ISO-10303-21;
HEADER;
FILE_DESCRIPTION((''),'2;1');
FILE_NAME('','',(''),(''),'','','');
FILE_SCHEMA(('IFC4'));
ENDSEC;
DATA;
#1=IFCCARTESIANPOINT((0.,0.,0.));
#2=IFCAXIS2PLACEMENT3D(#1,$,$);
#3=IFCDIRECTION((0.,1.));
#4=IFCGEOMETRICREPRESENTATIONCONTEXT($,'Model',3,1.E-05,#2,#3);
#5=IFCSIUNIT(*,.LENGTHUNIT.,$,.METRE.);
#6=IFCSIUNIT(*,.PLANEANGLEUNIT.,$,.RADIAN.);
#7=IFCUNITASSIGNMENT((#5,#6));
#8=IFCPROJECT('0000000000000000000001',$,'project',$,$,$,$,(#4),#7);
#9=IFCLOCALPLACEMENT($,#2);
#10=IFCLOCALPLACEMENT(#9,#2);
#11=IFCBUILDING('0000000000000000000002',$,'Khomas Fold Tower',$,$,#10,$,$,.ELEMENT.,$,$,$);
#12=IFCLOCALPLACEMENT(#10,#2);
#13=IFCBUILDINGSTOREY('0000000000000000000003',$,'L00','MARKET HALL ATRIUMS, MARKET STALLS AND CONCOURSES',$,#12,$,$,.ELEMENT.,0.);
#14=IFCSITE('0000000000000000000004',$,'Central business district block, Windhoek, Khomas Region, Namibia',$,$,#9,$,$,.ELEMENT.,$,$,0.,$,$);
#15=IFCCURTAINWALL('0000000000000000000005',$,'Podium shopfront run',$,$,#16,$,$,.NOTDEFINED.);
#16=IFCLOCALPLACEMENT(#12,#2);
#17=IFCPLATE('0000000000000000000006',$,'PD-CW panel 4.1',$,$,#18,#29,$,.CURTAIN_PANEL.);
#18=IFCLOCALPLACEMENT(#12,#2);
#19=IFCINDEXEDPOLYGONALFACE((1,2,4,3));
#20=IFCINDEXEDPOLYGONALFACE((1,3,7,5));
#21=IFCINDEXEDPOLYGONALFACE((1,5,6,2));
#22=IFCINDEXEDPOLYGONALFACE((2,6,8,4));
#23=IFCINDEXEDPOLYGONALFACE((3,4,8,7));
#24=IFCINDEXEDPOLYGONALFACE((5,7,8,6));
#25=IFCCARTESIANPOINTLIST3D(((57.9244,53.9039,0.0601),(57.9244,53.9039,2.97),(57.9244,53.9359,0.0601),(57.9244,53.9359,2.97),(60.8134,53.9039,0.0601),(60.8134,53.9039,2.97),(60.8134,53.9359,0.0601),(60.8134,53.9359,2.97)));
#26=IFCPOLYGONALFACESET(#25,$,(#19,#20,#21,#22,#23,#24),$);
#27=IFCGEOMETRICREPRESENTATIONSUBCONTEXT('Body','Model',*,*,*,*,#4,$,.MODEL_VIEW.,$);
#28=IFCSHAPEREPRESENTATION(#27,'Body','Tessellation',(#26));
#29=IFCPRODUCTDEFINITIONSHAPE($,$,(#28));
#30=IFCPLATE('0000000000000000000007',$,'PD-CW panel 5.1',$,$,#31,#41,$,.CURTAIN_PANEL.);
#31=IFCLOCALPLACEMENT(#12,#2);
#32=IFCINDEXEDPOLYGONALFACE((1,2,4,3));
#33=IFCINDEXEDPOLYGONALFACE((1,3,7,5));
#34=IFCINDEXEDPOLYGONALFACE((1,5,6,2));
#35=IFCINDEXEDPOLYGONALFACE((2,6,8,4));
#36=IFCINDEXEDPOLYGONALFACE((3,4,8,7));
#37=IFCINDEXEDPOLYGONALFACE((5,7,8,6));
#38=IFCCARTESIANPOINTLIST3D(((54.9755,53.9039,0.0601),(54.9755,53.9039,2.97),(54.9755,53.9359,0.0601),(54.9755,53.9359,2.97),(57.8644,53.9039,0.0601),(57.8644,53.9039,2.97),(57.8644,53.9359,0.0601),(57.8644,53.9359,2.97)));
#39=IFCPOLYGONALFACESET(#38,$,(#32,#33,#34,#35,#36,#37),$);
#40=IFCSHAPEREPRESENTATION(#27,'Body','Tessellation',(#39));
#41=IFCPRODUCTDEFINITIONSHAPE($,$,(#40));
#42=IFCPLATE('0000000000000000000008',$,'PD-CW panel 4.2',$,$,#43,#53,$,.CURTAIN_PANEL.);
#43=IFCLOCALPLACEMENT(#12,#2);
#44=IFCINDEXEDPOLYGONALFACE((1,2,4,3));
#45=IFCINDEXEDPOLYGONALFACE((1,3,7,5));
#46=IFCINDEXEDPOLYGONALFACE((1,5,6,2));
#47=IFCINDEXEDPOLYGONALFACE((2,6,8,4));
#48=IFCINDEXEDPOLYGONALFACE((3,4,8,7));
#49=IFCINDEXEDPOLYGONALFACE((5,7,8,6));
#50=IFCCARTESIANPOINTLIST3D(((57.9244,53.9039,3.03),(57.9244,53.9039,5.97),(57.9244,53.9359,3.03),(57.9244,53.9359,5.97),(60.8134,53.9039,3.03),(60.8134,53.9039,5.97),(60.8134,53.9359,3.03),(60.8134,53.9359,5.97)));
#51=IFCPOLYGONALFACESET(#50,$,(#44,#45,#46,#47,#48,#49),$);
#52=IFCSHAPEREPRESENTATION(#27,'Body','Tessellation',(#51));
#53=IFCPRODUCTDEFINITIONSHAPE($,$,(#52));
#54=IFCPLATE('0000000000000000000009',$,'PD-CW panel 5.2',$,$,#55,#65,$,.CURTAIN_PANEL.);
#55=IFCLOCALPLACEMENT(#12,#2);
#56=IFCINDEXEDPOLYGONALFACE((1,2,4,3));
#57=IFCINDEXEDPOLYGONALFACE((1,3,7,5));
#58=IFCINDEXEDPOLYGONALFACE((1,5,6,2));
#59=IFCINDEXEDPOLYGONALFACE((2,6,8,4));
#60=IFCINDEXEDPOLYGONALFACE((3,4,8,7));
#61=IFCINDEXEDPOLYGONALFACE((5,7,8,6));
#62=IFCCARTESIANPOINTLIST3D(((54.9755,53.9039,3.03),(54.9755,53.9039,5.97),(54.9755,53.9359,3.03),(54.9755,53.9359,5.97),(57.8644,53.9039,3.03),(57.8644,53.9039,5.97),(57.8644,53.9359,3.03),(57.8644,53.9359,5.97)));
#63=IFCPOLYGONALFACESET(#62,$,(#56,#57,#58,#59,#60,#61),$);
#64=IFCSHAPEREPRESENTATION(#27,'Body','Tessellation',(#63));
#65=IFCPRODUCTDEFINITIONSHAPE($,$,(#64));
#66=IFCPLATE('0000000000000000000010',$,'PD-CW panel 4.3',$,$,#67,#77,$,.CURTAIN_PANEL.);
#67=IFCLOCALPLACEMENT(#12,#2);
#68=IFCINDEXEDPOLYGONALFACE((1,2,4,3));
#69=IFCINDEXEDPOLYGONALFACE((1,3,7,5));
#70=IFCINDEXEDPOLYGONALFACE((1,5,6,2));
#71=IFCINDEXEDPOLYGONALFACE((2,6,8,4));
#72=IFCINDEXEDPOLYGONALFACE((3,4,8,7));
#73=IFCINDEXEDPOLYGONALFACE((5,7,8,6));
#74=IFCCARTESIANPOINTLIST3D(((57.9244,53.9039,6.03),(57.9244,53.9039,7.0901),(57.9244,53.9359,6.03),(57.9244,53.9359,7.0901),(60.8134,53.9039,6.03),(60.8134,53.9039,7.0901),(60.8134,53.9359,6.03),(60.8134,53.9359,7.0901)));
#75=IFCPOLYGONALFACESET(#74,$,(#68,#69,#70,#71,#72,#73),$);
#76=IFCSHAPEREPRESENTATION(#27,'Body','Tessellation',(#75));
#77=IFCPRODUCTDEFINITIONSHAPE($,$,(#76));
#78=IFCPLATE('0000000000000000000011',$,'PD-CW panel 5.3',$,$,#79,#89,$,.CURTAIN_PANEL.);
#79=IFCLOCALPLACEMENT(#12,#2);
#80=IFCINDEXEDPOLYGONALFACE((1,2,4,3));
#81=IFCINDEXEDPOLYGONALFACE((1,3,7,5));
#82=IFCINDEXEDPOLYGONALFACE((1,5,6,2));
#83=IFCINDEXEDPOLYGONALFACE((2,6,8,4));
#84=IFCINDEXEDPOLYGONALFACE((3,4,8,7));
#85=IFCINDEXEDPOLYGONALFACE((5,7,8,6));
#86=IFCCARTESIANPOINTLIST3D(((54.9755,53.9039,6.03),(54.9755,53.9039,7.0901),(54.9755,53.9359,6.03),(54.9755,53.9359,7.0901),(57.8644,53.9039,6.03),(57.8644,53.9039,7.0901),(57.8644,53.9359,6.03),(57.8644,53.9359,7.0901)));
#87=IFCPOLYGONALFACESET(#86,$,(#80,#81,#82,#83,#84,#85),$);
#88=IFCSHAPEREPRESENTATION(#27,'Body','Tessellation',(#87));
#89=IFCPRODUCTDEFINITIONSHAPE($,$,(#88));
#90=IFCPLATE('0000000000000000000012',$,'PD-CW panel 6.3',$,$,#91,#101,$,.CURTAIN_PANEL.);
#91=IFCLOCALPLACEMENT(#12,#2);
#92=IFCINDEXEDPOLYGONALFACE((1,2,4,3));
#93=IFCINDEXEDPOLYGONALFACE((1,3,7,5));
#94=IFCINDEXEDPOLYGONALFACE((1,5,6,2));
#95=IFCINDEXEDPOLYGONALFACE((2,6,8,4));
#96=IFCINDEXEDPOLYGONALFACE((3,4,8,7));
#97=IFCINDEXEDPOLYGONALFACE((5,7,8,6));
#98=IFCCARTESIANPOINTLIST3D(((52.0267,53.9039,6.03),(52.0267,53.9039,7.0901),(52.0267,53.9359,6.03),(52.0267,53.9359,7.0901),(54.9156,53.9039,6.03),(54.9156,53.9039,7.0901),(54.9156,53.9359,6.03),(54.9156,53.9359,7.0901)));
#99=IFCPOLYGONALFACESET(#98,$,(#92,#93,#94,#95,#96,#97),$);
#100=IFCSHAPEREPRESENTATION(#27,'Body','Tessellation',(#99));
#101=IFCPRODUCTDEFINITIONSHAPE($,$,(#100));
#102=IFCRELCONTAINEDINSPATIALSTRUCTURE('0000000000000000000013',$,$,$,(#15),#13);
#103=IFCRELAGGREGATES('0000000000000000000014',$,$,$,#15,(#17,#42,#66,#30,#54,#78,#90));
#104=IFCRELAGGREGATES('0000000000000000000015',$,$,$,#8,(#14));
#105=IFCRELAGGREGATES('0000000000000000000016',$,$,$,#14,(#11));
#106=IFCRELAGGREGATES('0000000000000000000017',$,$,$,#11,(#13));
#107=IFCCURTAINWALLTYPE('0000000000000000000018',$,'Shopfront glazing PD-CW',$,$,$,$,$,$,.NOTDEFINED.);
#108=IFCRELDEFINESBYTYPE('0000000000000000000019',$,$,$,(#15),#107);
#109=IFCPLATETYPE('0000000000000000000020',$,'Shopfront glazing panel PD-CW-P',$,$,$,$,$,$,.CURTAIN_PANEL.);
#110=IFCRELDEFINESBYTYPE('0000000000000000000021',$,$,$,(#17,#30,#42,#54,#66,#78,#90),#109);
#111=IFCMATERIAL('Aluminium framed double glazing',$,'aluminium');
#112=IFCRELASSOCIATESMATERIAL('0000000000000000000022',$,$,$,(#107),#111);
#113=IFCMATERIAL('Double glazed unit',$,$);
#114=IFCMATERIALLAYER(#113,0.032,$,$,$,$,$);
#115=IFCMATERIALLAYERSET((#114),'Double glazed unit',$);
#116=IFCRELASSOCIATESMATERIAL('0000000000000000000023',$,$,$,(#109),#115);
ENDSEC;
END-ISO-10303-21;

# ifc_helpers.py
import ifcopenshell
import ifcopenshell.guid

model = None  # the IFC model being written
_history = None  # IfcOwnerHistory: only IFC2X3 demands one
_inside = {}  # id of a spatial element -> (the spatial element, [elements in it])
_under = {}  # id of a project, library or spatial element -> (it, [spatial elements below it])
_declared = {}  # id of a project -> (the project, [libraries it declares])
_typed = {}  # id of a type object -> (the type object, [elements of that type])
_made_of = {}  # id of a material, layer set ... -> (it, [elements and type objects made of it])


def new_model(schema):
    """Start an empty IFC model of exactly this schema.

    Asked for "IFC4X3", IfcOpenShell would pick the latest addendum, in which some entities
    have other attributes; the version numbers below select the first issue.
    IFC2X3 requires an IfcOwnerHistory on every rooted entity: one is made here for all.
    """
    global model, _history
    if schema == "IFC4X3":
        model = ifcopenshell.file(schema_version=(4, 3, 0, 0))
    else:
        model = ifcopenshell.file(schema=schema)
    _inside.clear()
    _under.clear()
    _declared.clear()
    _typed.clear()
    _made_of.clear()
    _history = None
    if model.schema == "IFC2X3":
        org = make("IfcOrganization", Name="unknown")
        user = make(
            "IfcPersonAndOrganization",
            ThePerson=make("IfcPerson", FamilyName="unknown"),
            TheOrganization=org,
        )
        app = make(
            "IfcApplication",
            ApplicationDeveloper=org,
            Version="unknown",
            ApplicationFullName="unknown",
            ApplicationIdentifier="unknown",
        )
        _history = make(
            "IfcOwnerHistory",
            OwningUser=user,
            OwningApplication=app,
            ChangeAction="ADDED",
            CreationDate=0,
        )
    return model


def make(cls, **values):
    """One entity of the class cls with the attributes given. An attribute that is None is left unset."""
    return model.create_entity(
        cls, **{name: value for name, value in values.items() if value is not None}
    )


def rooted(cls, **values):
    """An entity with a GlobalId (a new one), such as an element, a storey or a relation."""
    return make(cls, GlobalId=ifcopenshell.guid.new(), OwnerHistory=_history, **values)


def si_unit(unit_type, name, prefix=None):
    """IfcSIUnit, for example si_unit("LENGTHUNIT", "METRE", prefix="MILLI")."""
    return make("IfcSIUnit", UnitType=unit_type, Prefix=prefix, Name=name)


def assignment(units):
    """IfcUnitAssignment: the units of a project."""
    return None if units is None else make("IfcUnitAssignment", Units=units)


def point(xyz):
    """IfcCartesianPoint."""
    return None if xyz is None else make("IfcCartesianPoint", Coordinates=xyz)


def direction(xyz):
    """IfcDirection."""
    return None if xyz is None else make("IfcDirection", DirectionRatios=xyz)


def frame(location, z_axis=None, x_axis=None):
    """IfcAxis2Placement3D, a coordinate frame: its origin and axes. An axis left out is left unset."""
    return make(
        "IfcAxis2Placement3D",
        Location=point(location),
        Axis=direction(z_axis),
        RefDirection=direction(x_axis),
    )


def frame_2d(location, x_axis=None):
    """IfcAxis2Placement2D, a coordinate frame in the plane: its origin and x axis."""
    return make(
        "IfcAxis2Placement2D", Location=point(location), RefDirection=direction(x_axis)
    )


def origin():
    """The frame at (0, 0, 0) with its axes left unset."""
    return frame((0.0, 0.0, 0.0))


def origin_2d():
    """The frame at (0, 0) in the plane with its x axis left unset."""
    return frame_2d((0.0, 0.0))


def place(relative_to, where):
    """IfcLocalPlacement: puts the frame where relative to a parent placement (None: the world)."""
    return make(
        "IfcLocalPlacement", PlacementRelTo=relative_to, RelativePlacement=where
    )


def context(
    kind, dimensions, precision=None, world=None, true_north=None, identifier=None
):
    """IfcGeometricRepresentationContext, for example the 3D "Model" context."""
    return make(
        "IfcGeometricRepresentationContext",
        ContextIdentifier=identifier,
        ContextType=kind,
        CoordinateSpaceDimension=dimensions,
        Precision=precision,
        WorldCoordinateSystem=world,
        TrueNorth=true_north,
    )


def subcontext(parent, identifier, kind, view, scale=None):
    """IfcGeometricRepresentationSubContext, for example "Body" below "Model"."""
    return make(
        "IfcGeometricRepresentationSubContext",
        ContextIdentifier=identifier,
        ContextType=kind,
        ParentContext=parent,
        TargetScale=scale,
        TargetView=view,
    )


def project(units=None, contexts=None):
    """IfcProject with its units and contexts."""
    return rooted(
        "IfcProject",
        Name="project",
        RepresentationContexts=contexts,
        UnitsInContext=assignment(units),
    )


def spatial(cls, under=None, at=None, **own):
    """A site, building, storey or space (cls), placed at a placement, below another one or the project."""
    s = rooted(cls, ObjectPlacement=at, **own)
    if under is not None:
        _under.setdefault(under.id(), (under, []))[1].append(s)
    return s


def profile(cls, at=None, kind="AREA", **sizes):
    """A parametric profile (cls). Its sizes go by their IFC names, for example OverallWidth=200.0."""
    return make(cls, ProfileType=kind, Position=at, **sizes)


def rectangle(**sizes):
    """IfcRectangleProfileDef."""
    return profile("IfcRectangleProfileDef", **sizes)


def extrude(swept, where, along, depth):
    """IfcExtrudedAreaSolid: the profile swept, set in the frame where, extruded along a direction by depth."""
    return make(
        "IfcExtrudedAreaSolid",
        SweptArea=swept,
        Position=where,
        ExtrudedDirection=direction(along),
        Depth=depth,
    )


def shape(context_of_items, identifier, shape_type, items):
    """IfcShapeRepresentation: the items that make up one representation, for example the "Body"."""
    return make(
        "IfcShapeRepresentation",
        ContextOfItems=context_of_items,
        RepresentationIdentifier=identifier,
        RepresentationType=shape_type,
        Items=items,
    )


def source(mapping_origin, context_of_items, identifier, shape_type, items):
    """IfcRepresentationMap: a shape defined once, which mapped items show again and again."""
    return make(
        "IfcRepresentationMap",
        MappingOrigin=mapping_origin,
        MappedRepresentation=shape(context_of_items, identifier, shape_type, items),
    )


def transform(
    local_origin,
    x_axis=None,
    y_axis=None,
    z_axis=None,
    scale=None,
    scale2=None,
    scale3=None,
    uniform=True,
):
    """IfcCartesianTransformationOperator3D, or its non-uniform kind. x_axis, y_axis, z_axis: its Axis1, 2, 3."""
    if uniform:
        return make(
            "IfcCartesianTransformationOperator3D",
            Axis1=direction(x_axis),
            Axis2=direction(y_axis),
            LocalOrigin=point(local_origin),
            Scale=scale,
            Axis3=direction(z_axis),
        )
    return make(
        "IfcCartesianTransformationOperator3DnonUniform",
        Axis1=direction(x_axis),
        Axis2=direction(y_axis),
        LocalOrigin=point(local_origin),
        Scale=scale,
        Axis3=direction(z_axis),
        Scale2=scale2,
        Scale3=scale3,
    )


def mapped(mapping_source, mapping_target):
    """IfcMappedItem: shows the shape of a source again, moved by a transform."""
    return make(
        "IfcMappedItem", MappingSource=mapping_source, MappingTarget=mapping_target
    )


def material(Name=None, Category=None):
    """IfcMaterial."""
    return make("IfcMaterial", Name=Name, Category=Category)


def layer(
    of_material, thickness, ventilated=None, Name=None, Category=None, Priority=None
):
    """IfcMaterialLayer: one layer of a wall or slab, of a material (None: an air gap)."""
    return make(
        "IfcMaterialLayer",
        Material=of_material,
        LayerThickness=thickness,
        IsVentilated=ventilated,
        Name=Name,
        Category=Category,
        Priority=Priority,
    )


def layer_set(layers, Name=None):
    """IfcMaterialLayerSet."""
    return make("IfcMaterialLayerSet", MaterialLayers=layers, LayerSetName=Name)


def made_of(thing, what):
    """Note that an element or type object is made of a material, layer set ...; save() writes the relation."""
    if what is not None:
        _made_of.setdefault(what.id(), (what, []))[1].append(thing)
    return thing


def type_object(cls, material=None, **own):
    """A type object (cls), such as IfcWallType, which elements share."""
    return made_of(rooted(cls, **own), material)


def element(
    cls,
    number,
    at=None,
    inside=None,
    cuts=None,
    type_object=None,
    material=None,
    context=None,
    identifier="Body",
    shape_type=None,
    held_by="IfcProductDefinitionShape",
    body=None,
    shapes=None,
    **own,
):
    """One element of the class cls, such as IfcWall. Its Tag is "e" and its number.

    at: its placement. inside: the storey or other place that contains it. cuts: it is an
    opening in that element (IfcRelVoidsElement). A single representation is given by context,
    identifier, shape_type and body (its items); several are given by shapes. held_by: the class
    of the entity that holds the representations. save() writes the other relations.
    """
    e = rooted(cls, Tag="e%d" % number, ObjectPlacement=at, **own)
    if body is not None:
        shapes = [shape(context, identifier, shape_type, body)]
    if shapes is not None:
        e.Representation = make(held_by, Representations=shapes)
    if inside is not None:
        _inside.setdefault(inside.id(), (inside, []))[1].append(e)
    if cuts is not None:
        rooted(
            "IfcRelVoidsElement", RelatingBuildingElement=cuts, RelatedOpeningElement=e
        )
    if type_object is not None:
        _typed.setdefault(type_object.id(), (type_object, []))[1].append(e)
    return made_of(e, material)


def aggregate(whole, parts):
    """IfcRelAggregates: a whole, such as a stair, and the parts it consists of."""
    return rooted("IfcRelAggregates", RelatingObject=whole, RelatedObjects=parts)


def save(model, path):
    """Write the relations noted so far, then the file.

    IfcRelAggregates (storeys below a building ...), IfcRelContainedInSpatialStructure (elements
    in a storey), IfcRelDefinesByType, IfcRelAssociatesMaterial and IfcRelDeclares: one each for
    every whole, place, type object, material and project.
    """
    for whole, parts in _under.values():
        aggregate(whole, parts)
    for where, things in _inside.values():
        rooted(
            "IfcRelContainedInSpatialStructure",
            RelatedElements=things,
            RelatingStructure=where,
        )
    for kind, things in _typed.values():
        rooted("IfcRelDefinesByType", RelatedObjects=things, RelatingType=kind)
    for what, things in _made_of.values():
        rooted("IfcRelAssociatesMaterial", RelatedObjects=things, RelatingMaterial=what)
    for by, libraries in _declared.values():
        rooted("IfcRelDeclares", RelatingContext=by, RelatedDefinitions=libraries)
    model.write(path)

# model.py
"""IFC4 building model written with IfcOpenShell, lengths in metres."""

from ifc_helpers import new_model, si_unit, direction, frame, origin, origin_2d, place, context, subcontext, project, spatial, rectangle, extrude, source, transform, mapped, material, layer, layer_set, type_object, element, aggregate, save


model = new_model("IFC4")

# Units and contexts
model_context = context("Model", 3, precision=1e-05, world=origin(), true_north=direction((0.0, 1.0)))
body_context = subcontext(model_context, "Body", "Model", "MODEL_VIEW")
ifc_project = project(units=[si_unit("LENGTHUNIT", "METRE"), si_unit("PLANEANGLEUNIT", "RADIAN")], contexts=[model_context])

# Site, building, storey
site_placement = place(None, origin())
site = spatial("IfcSite", under=ifc_project, at=site_placement, Name="Central business district block, Windhoek, Khomas Region, Namibia", CompositionType="ELEMENT", RefElevation=0.0)
building_placement = place(site_placement, origin())
building = spatial("IfcBuilding", under=site, at=building_placement, Name="Khomas Fold Tower", CompositionType="ELEMENT")
storey_placement = place(building_placement, origin())
storey = spatial("IfcBuildingStorey", under=building, at=storey_placement, Name="L00", Description="MARKET HALL ATRIUMS, MARKET STALLS AND CONCOURSES", CompositionType="ELEMENT", Elevation=0.0)

# Curtain wall, plates
ifc_material_1 = material(Name="Aluminium framed double glazing", Category="aluminium")
curtain_wall_type = type_object("IfcCurtainWallType", Name="Shopfront glazing PD-CW", PredefinedType="NOTDEFINED", material=ifc_material_1)
curtain_wall_placement = place(storey_placement, origin())
curtain_wall = element("IfcCurtainWall", 1, at=curtain_wall_placement, inside=storey, type_object=curtain_wall_type, Name="Podium shopfront run", PredefinedType="NOTDEFINED")
ifc_material_2 = material(Name="Double glazed unit")
ifc_layer = layer(ifc_material_2, 0.032)
ifc_layer_set = layer_set([ifc_layer], Name="Double glazed unit")
plate_type = type_object("IfcPlateType", Name="Shopfront glazing panel PD-CW-P", PredefinedType="CURTAIN_PANEL", material=ifc_layer_set)
shared_shape_1 = source(origin(), body_context, "Body", "SweptSolid", [
    extrude(rectangle(XDim=2.8889, YDim=0.032, at=origin_2d()), origin(), (0.0, 0.0, 1.0), 2.9099),
])
plate_1_placement = place(storey_placement, frame((59.3689, 53.9199, 0.0601), z_axis=(0.0, 0.0, 1.0), x_axis=(-1.0, 0.0, 0.0)))
plate_1 = element("IfcPlate", 2, at=plate_1_placement, type_object=plate_type, Name="PD-CW panel 4.1", PredefinedType="CURTAIN_PANEL", context=body_context, shape_type="MappedRepresentation", body=[
    mapped(shared_shape_1, transform((0.0, 0.0, 0.0))),
])
plate_2_placement = place(storey_placement, frame((56.4199, 53.9199, 0.0601), z_axis=(0.0, 0.0, 1.0), x_axis=(-1.0, 0.0, 0.0)))
plate_2 = element("IfcPlate", 3, at=plate_2_placement, type_object=plate_type, Name="PD-CW panel 5.1", PredefinedType="CURTAIN_PANEL", context=body_context, shape_type="MappedRepresentation", body=[
    mapped(shared_shape_1, transform((0.0, 0.0, 0.0))),
])
shared_shape_2 = source(origin(), body_context, "Body", "SweptSolid", [
    extrude(rectangle(XDim=2.8889, YDim=0.032, at=origin_2d()), origin(), (0.0, 0.0, 1.0), 2.9399),
])
plate_3_placement = place(storey_placement, frame((59.3689, 53.9199, 3.03), z_axis=(0.0, 0.0, 1.0), x_axis=(-1.0, 0.0, 0.0)))
plate_3 = element("IfcPlate", 4, at=plate_3_placement, type_object=plate_type, Name="PD-CW panel 4.2", PredefinedType="CURTAIN_PANEL", context=body_context, shape_type="MappedRepresentation", body=[
    mapped(shared_shape_2, transform((0.0, 0.0, 0.0))),
])
plate_4_placement = place(storey_placement, frame((56.4199, 53.9199, 3.03), z_axis=(0.0, 0.0, 1.0), x_axis=(-1.0, 0.0, 0.0)))
plate_4 = element("IfcPlate", 5, at=plate_4_placement, type_object=plate_type, Name="PD-CW panel 5.2", PredefinedType="CURTAIN_PANEL", context=body_context, shape_type="MappedRepresentation", body=[
    mapped(shared_shape_2, transform((0.0, 0.0, 0.0))),
])
shared_shape_3 = source(origin(), body_context, "Body", "SweptSolid", [
    extrude(rectangle(XDim=2.8889, YDim=0.032, at=origin_2d()), origin(), (0.0, 0.0, 1.0), 1.0601),
])
plate_5_placement = place(storey_placement, frame((59.3689, 53.9199, 6.03), z_axis=(0.0, 0.0, 1.0), x_axis=(-1.0, 0.0, 0.0)))
plate_5 = element("IfcPlate", 6, at=plate_5_placement, type_object=plate_type, Name="PD-CW panel 4.3", PredefinedType="CURTAIN_PANEL", context=body_context, shape_type="MappedRepresentation", body=[
    mapped(shared_shape_3, transform((0.0, 0.0, 0.0))),
])
plate_6_placement = place(storey_placement, frame((56.4199, 53.9199, 6.03), z_axis=(0.0, 0.0, 1.0), x_axis=(-1.0, 0.0, 0.0)))
plate_6 = element("IfcPlate", 7, at=plate_6_placement, type_object=plate_type, Name="PD-CW panel 5.3", PredefinedType="CURTAIN_PANEL", context=body_context, shape_type="MappedRepresentation", body=[
    mapped(shared_shape_3, transform((0.0, 0.0, 0.0))),
])
plate_7_placement = place(storey_placement, frame((53.4712, 53.9199, 6.03), z_axis=(0.0, 0.0, 1.0), x_axis=(-1.0, 0.0, 0.0)))
plate_7 = element("IfcPlate", 8, at=plate_7_placement, type_object=plate_type, Name="PD-CW panel 6.3", PredefinedType="CURTAIN_PANEL", context=body_context, shape_type="MappedRepresentation", body=[
    mapped(shared_shape_3, transform((0.0, 0.0, 0.0))),
])
aggregate(curtain_wall, [plate_1, plate_3, plate_5, plate_2, plate_4, plate_6, plate_7])

save(model, "model.ifc")
